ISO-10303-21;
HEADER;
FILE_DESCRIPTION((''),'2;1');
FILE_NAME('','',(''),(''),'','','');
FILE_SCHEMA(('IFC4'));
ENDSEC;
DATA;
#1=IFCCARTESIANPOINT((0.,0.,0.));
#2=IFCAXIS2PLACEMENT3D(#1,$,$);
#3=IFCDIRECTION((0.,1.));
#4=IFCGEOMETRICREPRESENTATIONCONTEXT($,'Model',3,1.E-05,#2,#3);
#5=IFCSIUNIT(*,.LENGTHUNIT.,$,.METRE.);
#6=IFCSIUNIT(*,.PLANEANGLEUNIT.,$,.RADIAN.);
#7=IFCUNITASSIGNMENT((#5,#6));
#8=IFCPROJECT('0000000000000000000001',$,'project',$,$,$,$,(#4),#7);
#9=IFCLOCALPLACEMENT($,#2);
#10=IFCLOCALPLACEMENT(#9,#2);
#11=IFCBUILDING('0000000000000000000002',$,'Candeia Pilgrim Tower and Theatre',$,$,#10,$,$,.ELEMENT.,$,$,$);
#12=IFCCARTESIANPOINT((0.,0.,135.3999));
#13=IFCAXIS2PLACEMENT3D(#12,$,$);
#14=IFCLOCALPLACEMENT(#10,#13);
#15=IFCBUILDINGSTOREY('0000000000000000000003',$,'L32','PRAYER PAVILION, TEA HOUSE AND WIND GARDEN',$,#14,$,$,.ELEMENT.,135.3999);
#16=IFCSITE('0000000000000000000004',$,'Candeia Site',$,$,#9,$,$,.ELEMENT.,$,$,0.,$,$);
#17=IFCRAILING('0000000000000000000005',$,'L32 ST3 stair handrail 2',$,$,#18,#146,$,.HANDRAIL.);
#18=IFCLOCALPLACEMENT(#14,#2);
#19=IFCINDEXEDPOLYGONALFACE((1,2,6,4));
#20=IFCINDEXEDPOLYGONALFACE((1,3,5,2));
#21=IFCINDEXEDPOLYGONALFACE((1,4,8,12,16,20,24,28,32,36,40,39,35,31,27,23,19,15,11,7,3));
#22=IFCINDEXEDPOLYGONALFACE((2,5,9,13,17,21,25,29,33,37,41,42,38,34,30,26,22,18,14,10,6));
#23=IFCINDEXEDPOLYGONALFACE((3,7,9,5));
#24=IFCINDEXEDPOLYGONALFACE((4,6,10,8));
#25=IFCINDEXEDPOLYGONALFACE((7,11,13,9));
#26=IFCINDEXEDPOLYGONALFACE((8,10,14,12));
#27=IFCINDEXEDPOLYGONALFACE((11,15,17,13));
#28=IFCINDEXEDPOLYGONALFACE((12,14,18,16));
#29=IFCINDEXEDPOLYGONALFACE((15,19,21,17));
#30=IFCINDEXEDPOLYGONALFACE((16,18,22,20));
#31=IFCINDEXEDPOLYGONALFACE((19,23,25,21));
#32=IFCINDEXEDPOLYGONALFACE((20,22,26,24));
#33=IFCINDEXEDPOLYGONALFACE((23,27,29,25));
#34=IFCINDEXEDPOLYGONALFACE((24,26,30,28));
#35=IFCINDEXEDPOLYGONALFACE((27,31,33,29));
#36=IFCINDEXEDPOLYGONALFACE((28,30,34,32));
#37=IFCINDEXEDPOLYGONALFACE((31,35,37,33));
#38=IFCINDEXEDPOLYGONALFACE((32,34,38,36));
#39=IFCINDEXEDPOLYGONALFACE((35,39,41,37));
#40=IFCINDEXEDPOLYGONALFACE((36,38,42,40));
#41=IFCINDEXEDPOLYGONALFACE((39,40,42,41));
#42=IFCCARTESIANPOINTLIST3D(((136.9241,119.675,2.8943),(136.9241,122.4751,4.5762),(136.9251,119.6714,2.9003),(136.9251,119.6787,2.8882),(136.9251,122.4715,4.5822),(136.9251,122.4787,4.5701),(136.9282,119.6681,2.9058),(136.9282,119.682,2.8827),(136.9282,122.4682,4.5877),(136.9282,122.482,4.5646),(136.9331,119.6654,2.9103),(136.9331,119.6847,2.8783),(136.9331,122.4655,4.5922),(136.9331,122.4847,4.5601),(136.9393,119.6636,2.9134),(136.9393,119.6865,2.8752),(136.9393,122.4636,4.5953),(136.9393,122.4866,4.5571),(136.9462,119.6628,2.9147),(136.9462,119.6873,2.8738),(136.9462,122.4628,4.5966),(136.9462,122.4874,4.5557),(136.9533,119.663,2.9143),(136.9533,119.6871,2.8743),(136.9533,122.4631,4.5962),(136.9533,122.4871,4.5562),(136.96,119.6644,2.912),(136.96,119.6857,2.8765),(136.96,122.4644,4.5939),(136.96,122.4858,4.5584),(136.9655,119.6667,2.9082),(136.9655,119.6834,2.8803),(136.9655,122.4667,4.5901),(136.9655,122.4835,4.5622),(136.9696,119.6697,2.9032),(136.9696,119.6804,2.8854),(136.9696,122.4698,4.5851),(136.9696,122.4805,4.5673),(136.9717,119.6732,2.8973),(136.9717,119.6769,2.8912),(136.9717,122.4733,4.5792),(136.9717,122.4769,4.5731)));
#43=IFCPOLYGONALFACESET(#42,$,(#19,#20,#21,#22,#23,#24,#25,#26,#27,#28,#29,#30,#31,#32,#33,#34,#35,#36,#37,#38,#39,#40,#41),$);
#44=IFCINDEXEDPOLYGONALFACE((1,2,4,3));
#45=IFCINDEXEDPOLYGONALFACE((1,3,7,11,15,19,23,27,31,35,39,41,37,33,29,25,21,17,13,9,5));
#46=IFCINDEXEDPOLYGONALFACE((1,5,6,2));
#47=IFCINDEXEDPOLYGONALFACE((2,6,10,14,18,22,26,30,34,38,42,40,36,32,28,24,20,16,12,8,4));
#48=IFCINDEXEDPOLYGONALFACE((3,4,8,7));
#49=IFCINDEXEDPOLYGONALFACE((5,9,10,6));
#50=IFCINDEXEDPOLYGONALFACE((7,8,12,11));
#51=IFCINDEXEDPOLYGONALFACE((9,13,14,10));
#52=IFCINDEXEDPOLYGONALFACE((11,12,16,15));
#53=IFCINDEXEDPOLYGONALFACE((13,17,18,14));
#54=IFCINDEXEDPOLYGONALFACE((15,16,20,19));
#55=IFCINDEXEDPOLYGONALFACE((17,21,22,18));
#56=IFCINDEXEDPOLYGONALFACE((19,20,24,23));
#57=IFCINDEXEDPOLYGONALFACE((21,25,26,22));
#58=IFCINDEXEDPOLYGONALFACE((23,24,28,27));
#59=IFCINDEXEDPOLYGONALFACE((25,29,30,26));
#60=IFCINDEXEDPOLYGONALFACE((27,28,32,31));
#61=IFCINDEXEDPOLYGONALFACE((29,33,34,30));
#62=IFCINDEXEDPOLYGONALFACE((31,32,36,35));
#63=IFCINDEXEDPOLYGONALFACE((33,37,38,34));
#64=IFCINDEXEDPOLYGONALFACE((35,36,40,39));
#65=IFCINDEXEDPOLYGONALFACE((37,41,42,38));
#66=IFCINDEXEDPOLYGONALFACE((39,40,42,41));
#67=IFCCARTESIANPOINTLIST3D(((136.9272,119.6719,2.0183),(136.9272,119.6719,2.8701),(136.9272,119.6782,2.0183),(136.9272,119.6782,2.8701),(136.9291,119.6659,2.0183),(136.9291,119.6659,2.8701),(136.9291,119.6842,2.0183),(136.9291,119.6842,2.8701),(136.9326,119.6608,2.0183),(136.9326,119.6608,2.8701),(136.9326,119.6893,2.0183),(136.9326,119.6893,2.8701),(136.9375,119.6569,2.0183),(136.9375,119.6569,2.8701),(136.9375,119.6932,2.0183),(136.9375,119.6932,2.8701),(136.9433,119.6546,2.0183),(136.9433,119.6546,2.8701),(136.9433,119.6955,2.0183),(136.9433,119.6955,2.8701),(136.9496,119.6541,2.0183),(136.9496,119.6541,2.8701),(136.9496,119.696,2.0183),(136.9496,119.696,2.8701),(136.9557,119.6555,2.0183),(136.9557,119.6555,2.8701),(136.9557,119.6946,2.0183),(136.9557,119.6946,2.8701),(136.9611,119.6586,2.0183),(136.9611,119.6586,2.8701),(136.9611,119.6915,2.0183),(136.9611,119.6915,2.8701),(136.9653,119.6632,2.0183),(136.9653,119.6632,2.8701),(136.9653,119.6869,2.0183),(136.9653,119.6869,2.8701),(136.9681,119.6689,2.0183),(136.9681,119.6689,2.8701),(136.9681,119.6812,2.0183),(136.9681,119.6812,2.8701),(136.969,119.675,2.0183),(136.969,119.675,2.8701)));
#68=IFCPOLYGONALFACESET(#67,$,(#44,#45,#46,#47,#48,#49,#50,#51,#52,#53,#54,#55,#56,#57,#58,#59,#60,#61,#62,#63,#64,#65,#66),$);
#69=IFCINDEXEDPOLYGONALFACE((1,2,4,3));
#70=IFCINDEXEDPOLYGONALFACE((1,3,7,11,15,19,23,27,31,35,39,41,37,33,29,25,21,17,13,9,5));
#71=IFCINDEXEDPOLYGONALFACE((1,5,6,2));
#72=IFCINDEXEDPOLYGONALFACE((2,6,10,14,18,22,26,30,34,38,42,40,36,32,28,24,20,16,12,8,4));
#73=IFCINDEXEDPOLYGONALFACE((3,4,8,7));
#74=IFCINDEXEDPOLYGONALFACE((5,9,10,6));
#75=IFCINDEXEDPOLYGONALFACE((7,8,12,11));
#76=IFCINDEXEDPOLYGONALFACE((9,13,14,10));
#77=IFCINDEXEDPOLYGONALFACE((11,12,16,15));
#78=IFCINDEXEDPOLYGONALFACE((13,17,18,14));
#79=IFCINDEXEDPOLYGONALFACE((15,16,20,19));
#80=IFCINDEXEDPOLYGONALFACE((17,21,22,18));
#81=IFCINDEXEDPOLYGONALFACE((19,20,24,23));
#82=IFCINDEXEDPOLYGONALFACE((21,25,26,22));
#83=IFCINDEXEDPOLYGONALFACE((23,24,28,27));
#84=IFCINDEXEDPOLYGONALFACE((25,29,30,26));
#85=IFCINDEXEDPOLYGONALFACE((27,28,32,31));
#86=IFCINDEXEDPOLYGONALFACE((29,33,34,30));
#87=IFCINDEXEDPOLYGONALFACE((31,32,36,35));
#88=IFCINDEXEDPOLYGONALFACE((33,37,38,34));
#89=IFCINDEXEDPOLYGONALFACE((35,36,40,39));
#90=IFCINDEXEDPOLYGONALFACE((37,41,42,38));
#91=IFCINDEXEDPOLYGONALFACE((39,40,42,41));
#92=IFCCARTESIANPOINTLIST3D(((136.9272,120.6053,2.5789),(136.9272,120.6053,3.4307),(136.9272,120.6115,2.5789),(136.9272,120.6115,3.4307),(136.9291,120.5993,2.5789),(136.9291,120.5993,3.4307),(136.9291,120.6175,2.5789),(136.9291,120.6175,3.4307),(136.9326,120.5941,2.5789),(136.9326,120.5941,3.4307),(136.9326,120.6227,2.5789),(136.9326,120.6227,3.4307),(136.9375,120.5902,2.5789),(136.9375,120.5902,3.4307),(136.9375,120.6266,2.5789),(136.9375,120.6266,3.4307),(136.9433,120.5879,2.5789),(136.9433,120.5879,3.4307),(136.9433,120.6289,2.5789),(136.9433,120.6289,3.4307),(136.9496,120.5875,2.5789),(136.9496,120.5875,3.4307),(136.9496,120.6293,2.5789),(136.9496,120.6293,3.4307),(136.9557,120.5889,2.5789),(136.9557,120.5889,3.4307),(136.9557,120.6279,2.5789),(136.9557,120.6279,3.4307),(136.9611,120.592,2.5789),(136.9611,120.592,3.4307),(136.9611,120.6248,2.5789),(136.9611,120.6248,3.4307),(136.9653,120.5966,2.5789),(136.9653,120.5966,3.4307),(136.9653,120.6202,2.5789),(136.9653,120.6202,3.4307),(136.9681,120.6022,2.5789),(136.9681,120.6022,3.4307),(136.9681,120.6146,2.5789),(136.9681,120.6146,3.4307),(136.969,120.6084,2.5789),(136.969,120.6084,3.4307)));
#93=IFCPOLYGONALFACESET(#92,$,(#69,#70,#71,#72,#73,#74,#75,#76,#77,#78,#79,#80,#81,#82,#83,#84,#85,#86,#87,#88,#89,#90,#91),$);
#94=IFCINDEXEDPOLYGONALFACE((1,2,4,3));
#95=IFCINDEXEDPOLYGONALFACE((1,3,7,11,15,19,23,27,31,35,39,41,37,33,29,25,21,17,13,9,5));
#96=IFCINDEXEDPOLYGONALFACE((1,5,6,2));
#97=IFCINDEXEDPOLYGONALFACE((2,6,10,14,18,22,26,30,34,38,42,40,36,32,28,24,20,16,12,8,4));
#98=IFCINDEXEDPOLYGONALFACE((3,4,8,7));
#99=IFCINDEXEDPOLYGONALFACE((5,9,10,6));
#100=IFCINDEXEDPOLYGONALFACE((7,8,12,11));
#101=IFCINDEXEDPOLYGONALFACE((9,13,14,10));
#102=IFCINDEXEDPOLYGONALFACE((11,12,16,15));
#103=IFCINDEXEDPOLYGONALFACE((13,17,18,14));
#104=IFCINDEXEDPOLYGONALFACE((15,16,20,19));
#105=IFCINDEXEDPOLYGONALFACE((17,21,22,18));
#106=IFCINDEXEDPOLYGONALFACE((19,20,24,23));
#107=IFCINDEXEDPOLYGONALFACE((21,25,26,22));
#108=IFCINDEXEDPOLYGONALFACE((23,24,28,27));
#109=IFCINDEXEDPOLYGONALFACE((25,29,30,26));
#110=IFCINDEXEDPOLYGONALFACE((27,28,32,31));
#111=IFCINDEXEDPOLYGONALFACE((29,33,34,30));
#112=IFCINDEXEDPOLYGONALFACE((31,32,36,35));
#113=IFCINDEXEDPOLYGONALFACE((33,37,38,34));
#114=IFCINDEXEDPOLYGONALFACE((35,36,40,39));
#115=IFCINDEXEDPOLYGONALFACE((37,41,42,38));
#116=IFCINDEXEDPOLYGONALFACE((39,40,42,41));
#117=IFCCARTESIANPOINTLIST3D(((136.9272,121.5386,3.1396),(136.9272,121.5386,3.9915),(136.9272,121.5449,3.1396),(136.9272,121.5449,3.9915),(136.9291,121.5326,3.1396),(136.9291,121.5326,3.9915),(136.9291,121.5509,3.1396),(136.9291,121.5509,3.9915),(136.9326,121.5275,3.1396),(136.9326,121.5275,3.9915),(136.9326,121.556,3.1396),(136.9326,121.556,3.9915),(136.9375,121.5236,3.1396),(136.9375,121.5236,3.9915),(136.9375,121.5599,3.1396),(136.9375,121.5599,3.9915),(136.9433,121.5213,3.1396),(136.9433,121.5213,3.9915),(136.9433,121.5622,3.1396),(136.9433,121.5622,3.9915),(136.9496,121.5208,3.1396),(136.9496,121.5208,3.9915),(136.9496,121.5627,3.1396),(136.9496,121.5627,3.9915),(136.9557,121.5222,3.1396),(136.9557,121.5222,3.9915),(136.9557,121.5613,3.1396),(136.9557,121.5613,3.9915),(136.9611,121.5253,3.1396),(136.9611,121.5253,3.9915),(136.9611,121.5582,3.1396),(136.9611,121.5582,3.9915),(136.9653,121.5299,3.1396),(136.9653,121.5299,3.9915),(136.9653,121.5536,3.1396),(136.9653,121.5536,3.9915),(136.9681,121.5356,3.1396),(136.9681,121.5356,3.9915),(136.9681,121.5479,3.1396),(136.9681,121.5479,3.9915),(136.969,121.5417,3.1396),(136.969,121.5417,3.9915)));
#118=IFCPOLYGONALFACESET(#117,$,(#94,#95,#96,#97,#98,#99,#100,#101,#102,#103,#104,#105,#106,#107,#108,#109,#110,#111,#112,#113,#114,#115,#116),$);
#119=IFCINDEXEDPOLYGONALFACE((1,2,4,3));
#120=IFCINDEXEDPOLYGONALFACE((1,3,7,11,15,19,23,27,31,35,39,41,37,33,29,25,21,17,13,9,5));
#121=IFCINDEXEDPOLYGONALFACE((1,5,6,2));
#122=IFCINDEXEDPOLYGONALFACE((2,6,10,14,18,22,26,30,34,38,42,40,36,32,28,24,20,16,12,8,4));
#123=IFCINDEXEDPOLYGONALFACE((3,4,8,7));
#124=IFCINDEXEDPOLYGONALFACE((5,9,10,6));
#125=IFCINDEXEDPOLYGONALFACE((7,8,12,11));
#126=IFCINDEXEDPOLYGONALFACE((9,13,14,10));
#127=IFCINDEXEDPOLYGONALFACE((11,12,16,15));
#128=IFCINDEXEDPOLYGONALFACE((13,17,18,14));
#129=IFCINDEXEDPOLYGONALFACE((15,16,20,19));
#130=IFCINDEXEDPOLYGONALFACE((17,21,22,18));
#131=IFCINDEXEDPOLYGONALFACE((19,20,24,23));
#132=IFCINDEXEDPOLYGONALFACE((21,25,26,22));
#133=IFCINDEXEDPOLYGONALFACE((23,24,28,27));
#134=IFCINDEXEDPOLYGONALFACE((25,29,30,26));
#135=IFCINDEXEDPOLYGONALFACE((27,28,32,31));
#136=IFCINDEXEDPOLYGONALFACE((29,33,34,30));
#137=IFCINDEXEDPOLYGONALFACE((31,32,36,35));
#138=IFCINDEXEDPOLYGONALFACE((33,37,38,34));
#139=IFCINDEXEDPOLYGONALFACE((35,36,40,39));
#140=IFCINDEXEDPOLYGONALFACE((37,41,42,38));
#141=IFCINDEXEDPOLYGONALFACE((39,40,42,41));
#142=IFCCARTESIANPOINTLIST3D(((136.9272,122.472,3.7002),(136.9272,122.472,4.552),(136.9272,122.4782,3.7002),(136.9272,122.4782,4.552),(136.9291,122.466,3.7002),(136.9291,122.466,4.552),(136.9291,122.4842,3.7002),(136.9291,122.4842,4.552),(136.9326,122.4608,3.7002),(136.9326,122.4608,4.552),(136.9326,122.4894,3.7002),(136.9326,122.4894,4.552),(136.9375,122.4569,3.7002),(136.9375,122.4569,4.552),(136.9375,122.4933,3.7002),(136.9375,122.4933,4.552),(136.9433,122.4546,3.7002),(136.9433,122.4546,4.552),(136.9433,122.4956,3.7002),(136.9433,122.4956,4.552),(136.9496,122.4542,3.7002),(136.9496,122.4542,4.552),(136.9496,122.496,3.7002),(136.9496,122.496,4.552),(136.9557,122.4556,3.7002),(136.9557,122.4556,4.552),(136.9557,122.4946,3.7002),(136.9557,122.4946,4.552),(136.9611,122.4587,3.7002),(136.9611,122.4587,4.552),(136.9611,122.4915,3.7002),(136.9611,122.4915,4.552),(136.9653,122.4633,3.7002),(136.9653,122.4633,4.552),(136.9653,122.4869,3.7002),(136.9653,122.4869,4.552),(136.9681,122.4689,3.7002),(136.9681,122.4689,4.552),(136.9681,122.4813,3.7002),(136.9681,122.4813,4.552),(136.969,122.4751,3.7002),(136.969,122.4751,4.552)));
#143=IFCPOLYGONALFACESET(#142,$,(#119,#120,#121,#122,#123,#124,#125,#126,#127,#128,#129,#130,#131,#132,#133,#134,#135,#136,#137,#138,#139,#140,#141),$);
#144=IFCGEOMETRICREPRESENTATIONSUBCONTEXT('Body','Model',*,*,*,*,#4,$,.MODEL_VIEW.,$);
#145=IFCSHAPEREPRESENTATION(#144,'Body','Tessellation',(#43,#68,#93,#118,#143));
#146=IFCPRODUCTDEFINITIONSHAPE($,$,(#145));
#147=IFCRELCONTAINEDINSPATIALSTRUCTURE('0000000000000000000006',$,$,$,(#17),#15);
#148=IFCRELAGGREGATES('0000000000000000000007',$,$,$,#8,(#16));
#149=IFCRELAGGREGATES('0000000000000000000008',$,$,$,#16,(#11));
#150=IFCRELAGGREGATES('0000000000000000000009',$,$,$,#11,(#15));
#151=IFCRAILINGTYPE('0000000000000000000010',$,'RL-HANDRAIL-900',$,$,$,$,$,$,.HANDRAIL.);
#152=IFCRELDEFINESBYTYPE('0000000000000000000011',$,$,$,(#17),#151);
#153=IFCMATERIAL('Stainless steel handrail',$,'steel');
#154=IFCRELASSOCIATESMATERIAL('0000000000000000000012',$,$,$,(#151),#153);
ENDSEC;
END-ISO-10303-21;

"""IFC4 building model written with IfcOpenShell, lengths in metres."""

from ifc_helpers import new_model, si_unit, direction, frame, origin, origin_2d, place, context, subcontext, project, spatial, circle, extrude, material, type_object, element, save


model = new_model("IFC4")

# Units and contexts
model_context = context("Model", 3, precision=1e-05, world=origin(), true_north=direction((0.0, 1.0)))
body_context = subcontext(model_context, "Body", "Model", "MODEL_VIEW")
ifc_project = project(units=[si_unit("LENGTHUNIT", "METRE"), si_unit("PLANEANGLEUNIT", "RADIAN")], contexts=[model_context])

# Site, building, storey
site_placement = place(None, origin())
site = spatial("IfcSite", under=ifc_project, at=site_placement, Name="Candeia Site", CompositionType="ELEMENT", RefElevation=0.0)
building_placement = place(site_placement, origin())
building = spatial("IfcBuilding", under=site, at=building_placement, Name="Candeia Pilgrim Tower and Theatre", CompositionType="ELEMENT")
storey_placement = place(building_placement, frame((0.0, 0.0, 135.3999)))
storey = spatial("IfcBuildingStorey", under=building, at=storey_placement, Name="L32", Description="PRAYER PAVILION, TEA HOUSE AND WIND GARDEN", CompositionType="ELEMENT", Elevation=135.3999)

# Railing
ifc_material_1 = material(Name="Stainless steel handrail", Category="steel")
railing_type_1 = type_object("IfcRailingType", Name="RL-HANDRAIL-900", PredefinedType="HANDRAIL", material=ifc_material_1)
railing_1_placement = place(storey_placement, frame((136.948, 119.675, 2.0183)))
element("IfcRailing", 1, at=railing_1_placement, inside=storey, type_object=railing_type_1, Name="L32 ST3 stair handrail 2", PredefinedType="HANDRAIL", context=body_context, shape_type="SweptSolid", body=[
    extrude(circle(Radius=0.0239, at=origin_2d()), frame((0.0, 0.0, 0.876), z_axis=(0.0, 0.857242, 0.514913), x_axis=(-1.0, 0.0, 0.0)), (0.0, 0.0, 1.0), 3.2664),
    extrude(circle(Radius=0.021, at=origin_2d()), origin(), (0.0, 0.0, 1.0), 0.8518),
    extrude(circle(Radius=0.021, at=origin_2d()), frame((0.0, 0.9333, 0.5605)), (0.0, 0.0, 1.0), 0.8518),
    extrude(circle(Radius=0.021, at=origin_2d()), frame((0.0, 1.8667, 1.1213)), (0.0, 0.0, 1.0), 0.8518),
    extrude(circle(Radius=0.021, at=origin_2d()), frame((0.0, 2.8, 1.6819)), (0.0, 0.0, 1.0), 0.8518),
])

save(model, "model.ifc")
